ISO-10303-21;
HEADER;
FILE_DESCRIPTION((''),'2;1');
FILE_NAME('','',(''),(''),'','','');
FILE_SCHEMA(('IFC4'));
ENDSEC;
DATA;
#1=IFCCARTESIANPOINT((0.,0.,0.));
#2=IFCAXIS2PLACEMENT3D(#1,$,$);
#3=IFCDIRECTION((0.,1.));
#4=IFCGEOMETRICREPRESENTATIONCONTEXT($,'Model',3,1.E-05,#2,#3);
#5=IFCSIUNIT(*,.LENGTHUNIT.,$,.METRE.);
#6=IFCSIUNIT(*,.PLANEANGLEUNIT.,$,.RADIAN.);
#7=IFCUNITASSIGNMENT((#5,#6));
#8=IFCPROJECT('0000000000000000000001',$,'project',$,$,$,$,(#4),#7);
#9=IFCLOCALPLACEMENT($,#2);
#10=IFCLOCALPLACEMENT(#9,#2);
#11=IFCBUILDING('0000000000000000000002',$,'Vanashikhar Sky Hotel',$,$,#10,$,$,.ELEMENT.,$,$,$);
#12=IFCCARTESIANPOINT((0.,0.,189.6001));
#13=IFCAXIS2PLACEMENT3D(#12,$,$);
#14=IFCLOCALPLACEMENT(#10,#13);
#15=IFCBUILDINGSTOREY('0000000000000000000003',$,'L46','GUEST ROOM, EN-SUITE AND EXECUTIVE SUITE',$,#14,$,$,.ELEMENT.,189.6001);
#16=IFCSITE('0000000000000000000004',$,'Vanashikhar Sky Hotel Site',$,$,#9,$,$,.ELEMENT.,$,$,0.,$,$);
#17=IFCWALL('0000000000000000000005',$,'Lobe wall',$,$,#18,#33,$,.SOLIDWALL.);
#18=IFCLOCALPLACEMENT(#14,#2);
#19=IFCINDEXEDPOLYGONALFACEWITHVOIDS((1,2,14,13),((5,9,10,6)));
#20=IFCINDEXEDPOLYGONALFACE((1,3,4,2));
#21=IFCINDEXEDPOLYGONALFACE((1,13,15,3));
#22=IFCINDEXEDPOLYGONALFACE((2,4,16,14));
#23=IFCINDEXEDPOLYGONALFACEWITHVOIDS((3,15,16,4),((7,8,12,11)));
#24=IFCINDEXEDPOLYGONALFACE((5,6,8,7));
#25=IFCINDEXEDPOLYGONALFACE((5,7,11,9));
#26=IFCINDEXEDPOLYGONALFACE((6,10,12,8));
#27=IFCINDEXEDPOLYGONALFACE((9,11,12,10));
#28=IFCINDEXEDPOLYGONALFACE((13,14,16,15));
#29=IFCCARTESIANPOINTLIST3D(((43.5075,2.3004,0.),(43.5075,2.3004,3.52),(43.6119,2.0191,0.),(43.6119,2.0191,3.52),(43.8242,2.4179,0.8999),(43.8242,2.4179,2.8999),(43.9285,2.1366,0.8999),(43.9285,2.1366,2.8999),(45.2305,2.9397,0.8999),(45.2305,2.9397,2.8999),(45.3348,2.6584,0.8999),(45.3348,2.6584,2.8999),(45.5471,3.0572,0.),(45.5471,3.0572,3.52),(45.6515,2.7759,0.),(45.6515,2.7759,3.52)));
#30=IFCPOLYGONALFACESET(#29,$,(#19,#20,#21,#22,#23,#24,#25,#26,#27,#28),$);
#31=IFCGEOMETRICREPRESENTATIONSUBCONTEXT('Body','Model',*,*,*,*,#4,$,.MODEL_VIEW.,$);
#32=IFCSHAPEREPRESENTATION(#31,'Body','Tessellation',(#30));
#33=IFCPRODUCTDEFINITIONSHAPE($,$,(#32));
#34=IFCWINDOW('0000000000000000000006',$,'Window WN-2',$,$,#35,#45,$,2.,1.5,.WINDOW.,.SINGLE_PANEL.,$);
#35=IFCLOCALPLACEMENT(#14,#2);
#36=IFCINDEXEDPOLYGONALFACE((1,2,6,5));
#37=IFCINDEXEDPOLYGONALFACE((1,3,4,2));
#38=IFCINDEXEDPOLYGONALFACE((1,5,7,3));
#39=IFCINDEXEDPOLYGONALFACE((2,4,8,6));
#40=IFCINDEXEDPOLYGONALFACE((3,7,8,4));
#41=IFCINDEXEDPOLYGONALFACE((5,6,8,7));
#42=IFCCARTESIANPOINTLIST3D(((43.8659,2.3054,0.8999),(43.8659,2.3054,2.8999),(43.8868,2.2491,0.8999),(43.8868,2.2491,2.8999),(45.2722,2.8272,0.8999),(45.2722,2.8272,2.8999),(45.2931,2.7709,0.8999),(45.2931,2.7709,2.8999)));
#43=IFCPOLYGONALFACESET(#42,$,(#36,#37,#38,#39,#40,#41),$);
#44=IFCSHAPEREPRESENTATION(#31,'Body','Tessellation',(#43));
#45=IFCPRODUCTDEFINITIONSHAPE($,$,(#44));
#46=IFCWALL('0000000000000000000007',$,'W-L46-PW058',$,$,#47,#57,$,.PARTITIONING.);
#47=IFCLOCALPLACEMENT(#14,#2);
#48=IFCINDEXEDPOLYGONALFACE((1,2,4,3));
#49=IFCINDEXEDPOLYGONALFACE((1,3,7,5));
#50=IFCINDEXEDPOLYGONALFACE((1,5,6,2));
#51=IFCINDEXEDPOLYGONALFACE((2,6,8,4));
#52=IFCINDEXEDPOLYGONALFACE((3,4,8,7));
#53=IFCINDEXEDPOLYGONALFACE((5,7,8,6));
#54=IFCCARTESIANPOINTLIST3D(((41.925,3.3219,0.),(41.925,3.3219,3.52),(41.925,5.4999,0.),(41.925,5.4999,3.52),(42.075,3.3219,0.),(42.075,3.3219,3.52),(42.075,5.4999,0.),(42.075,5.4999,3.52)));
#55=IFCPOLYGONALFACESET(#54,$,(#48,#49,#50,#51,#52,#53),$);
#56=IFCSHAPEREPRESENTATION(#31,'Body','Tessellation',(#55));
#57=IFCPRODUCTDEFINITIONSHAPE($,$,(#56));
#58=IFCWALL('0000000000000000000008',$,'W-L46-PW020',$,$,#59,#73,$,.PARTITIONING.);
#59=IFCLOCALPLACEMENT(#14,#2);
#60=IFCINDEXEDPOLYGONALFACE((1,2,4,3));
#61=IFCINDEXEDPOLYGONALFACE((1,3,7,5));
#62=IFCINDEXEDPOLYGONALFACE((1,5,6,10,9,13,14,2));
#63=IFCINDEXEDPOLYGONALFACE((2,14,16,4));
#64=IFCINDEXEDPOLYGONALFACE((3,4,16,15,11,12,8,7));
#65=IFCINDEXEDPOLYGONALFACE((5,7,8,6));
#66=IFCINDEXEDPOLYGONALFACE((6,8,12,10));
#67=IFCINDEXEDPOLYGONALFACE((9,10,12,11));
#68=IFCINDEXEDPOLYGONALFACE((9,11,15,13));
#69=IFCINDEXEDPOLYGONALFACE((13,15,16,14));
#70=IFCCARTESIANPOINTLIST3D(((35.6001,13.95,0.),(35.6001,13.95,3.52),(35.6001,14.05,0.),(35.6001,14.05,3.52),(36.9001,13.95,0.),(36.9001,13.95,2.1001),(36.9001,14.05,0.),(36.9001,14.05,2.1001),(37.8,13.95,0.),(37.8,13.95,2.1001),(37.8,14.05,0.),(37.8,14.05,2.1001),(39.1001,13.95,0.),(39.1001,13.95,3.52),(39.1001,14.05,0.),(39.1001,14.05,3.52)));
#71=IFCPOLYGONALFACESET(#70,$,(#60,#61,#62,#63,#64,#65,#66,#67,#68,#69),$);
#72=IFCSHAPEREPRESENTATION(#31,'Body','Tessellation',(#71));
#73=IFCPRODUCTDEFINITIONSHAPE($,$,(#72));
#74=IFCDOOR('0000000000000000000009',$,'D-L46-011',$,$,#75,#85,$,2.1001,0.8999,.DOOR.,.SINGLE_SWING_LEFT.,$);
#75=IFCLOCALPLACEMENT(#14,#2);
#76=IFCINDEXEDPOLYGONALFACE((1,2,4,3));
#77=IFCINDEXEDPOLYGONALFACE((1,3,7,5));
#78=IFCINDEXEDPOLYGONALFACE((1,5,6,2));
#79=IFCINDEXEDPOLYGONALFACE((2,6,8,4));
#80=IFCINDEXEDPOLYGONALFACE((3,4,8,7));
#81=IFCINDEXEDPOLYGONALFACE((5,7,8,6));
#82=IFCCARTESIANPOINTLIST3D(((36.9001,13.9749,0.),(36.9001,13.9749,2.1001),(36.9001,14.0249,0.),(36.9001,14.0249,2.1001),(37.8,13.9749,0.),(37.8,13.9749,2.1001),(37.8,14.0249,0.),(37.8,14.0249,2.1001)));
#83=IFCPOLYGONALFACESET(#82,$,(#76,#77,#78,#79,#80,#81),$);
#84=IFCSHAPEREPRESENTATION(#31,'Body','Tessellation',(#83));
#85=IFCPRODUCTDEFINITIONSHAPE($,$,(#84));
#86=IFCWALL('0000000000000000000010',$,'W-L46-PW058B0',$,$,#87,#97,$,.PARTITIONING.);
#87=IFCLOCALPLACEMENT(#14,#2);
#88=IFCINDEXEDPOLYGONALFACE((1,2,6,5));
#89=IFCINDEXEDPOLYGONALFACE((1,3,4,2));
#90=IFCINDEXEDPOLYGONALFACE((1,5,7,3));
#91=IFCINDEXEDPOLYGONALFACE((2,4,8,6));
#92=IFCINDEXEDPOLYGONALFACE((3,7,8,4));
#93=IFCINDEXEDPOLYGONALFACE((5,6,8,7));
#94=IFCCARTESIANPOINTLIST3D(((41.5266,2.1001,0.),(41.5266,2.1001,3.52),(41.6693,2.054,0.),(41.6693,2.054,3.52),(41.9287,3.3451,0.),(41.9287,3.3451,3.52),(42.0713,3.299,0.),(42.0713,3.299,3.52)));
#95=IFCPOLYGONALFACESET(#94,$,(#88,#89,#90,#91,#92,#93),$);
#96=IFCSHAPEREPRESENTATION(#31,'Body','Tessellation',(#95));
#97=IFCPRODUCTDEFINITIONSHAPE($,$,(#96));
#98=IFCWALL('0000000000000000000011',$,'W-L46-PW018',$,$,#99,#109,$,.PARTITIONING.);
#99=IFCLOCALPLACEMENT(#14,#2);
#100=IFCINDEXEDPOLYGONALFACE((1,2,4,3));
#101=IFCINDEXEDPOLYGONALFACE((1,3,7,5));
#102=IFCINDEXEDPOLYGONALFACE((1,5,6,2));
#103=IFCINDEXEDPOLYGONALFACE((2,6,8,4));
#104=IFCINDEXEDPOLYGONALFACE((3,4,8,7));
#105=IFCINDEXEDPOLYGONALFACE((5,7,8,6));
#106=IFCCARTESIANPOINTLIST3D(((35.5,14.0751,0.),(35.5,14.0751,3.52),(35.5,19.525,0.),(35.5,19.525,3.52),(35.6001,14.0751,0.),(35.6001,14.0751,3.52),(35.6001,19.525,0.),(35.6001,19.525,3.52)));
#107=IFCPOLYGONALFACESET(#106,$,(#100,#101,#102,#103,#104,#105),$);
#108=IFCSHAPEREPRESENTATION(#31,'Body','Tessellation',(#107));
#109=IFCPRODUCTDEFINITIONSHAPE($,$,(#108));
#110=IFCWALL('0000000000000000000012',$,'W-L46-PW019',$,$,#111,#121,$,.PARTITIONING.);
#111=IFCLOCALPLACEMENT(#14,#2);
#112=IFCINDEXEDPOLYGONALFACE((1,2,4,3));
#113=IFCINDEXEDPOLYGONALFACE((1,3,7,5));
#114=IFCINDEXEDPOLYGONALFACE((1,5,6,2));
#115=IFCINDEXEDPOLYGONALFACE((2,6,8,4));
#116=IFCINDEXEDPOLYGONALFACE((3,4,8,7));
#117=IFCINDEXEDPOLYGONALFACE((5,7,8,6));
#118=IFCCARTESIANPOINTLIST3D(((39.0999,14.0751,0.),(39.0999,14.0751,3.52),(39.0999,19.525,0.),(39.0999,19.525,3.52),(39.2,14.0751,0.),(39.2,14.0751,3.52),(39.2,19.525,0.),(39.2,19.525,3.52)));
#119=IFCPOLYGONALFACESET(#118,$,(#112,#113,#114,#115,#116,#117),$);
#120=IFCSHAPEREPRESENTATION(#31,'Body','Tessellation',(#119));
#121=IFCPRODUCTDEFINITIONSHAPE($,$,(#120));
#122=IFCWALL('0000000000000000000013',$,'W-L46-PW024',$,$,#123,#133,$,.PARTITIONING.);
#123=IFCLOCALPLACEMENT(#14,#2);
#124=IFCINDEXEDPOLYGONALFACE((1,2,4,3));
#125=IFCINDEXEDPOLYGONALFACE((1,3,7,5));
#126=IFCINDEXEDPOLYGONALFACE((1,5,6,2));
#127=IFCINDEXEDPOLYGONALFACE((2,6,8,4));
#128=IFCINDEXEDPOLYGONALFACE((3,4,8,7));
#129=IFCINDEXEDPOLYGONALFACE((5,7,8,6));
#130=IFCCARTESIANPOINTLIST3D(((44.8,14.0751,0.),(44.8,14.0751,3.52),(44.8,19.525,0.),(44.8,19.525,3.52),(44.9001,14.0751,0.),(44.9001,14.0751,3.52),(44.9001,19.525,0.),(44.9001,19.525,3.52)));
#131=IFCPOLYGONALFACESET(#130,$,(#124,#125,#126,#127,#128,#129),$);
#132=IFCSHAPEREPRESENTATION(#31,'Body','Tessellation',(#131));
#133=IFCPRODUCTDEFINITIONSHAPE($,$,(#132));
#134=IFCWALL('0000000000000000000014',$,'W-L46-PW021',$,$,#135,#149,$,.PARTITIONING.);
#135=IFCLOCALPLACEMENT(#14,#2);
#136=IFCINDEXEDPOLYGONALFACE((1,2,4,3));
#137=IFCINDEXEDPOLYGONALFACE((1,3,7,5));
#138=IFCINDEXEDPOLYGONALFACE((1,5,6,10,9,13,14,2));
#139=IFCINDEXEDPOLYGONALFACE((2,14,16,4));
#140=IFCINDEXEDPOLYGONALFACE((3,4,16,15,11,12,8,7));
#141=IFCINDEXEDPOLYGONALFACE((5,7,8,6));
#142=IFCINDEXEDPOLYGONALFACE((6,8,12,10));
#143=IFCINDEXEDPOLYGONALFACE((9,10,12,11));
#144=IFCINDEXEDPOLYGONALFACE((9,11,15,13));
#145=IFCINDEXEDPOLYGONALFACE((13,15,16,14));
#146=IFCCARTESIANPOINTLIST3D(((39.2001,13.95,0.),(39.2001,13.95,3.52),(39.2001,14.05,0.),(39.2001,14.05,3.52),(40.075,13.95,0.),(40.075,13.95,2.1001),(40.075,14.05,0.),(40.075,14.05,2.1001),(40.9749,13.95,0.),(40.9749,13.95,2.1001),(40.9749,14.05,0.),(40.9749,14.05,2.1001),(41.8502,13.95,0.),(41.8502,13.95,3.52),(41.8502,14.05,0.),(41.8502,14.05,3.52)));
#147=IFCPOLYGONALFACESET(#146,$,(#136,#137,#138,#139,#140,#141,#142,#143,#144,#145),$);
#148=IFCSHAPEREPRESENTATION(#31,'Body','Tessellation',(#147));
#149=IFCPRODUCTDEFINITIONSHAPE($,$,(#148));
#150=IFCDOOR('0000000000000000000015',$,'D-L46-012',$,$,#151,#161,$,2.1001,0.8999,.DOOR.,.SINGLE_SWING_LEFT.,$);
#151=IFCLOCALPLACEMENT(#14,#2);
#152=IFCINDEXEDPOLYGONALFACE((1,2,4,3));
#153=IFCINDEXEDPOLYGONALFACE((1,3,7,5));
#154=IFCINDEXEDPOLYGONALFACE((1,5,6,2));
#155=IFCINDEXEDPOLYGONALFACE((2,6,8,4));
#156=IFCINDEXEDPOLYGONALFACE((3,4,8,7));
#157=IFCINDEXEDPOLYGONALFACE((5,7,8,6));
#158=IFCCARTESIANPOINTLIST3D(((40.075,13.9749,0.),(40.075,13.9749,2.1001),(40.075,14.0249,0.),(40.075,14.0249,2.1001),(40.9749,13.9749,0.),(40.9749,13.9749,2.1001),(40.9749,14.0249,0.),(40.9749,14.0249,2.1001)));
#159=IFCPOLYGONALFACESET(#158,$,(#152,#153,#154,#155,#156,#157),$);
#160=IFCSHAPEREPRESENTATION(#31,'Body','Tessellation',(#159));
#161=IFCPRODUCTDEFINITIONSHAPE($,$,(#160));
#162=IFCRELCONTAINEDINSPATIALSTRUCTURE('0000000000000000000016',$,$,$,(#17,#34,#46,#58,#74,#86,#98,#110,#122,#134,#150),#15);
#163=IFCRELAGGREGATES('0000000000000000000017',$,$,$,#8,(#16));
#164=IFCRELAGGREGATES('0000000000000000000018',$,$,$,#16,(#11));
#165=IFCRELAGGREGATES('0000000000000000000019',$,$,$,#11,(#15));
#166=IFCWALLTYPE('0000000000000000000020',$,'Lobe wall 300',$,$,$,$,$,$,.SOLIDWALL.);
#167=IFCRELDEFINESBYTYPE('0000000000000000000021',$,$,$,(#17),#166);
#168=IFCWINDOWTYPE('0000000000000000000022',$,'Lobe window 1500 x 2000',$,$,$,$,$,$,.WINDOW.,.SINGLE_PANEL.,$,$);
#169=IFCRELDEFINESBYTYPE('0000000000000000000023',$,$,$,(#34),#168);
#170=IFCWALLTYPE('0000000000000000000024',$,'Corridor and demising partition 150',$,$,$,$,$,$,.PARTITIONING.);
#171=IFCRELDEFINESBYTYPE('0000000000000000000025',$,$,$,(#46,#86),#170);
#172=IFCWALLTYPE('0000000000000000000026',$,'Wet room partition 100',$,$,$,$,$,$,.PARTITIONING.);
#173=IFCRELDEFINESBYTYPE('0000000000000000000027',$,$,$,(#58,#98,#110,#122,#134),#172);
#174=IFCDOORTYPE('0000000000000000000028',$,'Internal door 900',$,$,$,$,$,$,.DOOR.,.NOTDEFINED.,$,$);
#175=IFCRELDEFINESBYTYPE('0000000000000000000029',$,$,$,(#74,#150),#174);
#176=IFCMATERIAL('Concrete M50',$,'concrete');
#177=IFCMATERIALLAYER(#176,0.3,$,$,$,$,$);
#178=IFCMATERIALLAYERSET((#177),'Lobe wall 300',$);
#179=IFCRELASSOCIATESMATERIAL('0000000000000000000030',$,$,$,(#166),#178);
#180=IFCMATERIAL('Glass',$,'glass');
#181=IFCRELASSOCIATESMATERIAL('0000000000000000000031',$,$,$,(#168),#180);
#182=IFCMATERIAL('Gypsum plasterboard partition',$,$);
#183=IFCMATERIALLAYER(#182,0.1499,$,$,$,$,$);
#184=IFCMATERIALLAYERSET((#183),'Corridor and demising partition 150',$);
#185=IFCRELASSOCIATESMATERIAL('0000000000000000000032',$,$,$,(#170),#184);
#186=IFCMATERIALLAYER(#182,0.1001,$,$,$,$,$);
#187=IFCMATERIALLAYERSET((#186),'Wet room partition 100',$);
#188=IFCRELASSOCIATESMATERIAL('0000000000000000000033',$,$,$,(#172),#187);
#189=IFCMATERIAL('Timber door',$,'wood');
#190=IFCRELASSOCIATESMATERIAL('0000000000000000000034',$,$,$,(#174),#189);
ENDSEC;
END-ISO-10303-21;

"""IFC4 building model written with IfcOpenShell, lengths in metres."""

from ifc_helpers import new_model, si_unit, direction, frame, frame_2d, origin, place, context, subcontext, project, spatial, rectangle, extrude, source, transform, mapped, material, layer, layer_set, type_object, element, fill, save


model = new_model("IFC4")

# Units and contexts
model_context = context("Model", 3, precision=1e-05, world=origin(), true_north=direction((0.0, 1.0)))
body_context = subcontext(model_context, "Body", "Model", "MODEL_VIEW")
ifc_project = project(units=[si_unit("LENGTHUNIT", "METRE"), si_unit("PLANEANGLEUNIT", "RADIAN")], contexts=[model_context])

# Site, building, storey
site_placement = place(None, origin())
site = spatial("IfcSite", under=ifc_project, at=site_placement, Name="Vanashikhar Sky Hotel Site", CompositionType="ELEMENT", RefElevation=0.0)
building_placement = place(site_placement, origin())
building = spatial("IfcBuilding", under=site, at=building_placement, Name="Vanashikhar Sky Hotel", CompositionType="ELEMENT")
storey_placement = place(building_placement, frame((0.0, 0.0, 189.6001)))
storey = spatial("IfcBuildingStorey", under=building, at=storey_placement, Name="L46", Description="GUEST ROOM, EN-SUITE AND EXECUTIVE SUITE", CompositionType="ELEMENT", Elevation=189.6001)

# Shared definitions
ifc_material_1 = material(Name="Concrete M50", Category="concrete")

# Wall, opening, window
ifc_layer_1 = layer(ifc_material_1, 0.3)
ifc_layer_set_1 = layer_set([ifc_layer_1], Name="Lobe wall 300")
wall_type_1 = type_object("IfcWallType", Name="Lobe wall 300", PredefinedType="SOLIDWALL", material=ifc_layer_set_1)
shared_shape_1 = source(origin(), body_context, "Body", "SweptSolid", [
    extrude(rectangle(XDim=1.5, YDim=2.0, at=frame_2d((0.75, 1.0))), frame((0.0, 0.1602, 0.0), z_axis=(0.0, -1.0, 0.0), x_axis=(1.0, 0.0, 0.0)), (0.0, 0.0, 1.0), 0.3201),
])
ifc_material_2 = material(Name="Glass", Category="glass")
window_type = type_object("IfcWindowType", Name="Lobe window 1500 x 2000", PartitioningType="SINGLE_PANEL", PredefinedType="WINDOW", material=ifc_material_2)
shared_shape_2 = source(origin(), body_context, "Body", "SweptSolid", [
    extrude(rectangle(XDim=1.5, YDim=2.0, at=frame_2d((0.75, 1.0))), frame((0.0, 0.03, 0.0), z_axis=(0.0, -1.0, 0.0), x_axis=(1.0, 0.0, 0.0)), (0.0, 0.0, 1.0), 0.0601),
])
shared_shape_3 = source(origin(), body_context, "Body", "SweptSolid", [
    extrude(rectangle(XDim=2.1755, YDim=0.3, at=frame_2d((1.0879, 0.0))), origin(), (0.0, 0.0, 1.0), 3.52),
])
wall_1_placement = place(storey_placement, frame((43.5596, 2.1597, 0.0), z_axis=(0.0, 0.0, 1.0), x_axis=(0.937532, 0.347899, 0.0)))
wall_1 = element("IfcWall", 1, at=wall_1_placement, inside=storey, type_object=wall_type_1, Name="Lobe wall", PredefinedType="SOLIDWALL", context=body_context, shape_type="MappedRepresentation", body=[
    mapped(shared_shape_3, transform((0.0, 0.0, 0.0), scale=1.0)),
])
opening_1_placement = place(wall_1_placement, frame((0.3379, 0.0, 0.8999)))
opening_1 = element("IfcOpeningElement", 2, at=opening_1_placement, cuts=wall_1, PredefinedType="OPENING", context=body_context, shape_type="MappedRepresentation", body=[
    mapped(shared_shape_1, transform((0.0, 0.0, 0.0), scale=1.0)),
])
window_1_placement = place(opening_1_placement, origin())
window_1 = element("IfcWindow", 3, at=window_1_placement, inside=storey, type_object=window_type, Name="Window WN-2", OverallHeight=2.0, OverallWidth=1.5, PartitioningType="SINGLE_PANEL", PredefinedType="WINDOW", context=body_context, shape_type="MappedRepresentation", body=[
    mapped(shared_shape_2, transform((0.0, 0.0, 0.0), scale=1.0)),
])
fill(opening_1, window_1)

# Wall
ifc_material_3 = material(Name="Gypsum plasterboard partition")
ifc_layer_2 = layer(ifc_material_3, 0.1499)
ifc_layer_set_2 = layer_set([ifc_layer_2], Name="Corridor and demising partition 150")
wall_type_2 = type_object("IfcWallType", Name="Corridor and demising partition 150", PredefinedType="PARTITIONING", material=ifc_layer_set_2)
shared_shape_4 = source(origin(), body_context, "Body", "SweptSolid", [
    extrude(rectangle(XDim=2.178, YDim=0.1499, at=frame_2d((1.0889, 0.0))), origin(), (0.0, 0.0, 1.0), 3.52),
])
wall_2_placement = place(storey_placement, frame((42.0, 3.322, 0.0), z_axis=(0.0, 0.0, 1.0), x_axis=(0.0, 1.0, 0.0)))
element("IfcWall", 4, at=wall_2_placement, inside=storey, type_object=wall_type_2, Name="W-L46-PW058", PredefinedType="PARTITIONING", context=body_context, shape_type="MappedRepresentation", body=[
    mapped(shared_shape_4, transform((0.0, 0.0, 0.0), scale=1.0)),
])

# Wall, opening, door
ifc_layer_3 = layer(ifc_material_3, 0.1001)
ifc_layer_set_3 = layer_set([ifc_layer_3], Name="Wet room partition 100")
wall_type_3 = type_object("IfcWallType", Name="Wet room partition 100", PredefinedType="PARTITIONING", material=ifc_layer_set_3)
shared_shape_5 = source(origin(), body_context, "Body", "SweptSolid", [
    extrude(rectangle(XDim=3.5, YDim=0.1001, at=frame_2d((1.75, 0.0))), origin(), (0.0, 0.0, 1.0), 3.52),
])
wall_3_placement = place(storey_placement, frame((35.6001, 14.0, 0.0), z_axis=(0.0, 0.0, 1.0), x_axis=(1.0, 0.0, 0.0)))
wall_3 = element("IfcWall", 5, at=wall_3_placement, inside=storey, type_object=wall_type_3, Name="W-L46-PW020", PredefinedType="PARTITIONING", context=body_context, shape_type="MappedRepresentation", body=[
    mapped(shared_shape_5, transform((0.0, 0.0, 0.0), scale=1.0)),
])
shared_shape_6 = source(origin(), body_context, "Body", "SweptSolid", [
    extrude(rectangle(XDim=0.8999, YDim=2.1001, at=frame_2d((0.45, 1.05))), frame((0.0, 0.0601, 0.0), z_axis=(0.0, -1.0, 0.0), x_axis=(1.0, 0.0, 0.0)), (0.0, 0.0, 1.0), 0.1201),
])
opening_2_placement = place(wall_3_placement, frame((1.3, 0.0, 0.0)))
opening_2 = element("IfcOpeningElement", 6, at=opening_2_placement, cuts=wall_3, PredefinedType="OPENING", context=body_context, shape_type="MappedRepresentation", body=[
    mapped(shared_shape_6, transform((0.0, 0.0, 0.0), scale=1.0)),
])
ifc_material_4 = material(Name="Timber door", Category="wood")
door_type_1 = type_object("IfcDoorType", Name="Internal door 900", OperationType="NOTDEFINED", PredefinedType="DOOR", material=ifc_material_4)
shared_shape_7 = source(origin(), body_context, "Body", "SweptSolid", [
    extrude(rectangle(XDim=0.8999, YDim=2.1001, at=frame_2d((0.45, 1.05))), frame((0.0, 0.0249, 0.0), z_axis=(0.0, -1.0, 0.0), x_axis=(1.0, 0.0, 0.0)), (0.0, 0.0, 1.0), 0.05),
])
door_1_placement = place(opening_2_placement, origin())
door_1 = element("IfcDoor", 7, at=door_1_placement, inside=storey, type_object=door_type_1, Name="D-L46-011", OperationType="SINGLE_SWING_LEFT", OverallHeight=2.1001, OverallWidth=0.8999, PredefinedType="DOOR", context=body_context, shape_type="MappedRepresentation", body=[
    mapped(shared_shape_7, transform((0.0, 0.0, 0.0), scale=1.0)),
])
fill(opening_2, door_1)

# Walls
shared_shape_8 = source(origin(), body_context, "Body", "SweptSolid", [
    extrude(rectangle(XDim=1.3083, YDim=0.1499, at=frame_2d((0.6543, 0.0))), origin(), (0.0, 0.0, 1.0), 3.52),
])
wall_4_placement = place(storey_placement, frame((41.5979, 2.0769, 0.0), z_axis=(0.0, 0.0, 1.0), x_axis=(0.307314, 0.951608, 0.0)))
element("IfcWall", 8, at=wall_4_placement, inside=storey, type_object=wall_type_2, Name="W-L46-PW058B0", PredefinedType="PARTITIONING", context=body_context, shape_type="MappedRepresentation", body=[
    mapped(shared_shape_8, transform((0.0, 0.0, 0.0), scale=1.0)),
])
shared_shape_9 = source(origin(), body_context, "Body", "SweptSolid", [
    extrude(rectangle(XDim=5.45, YDim=0.1001, at=frame_2d((2.7251, 0.0))), origin(), (0.0, 0.0, 1.0), 3.52),
])
for number, where, z_axis, x_axis, name in (
    (9, (35.55, 14.075, 0.0), (0.0, 0.0, 1.0), (0.0, 1.0, 0.0), "W-L46-PW018"),
    (10, (39.1499, 14.075, 0.0), (0.0, 0.0, 1.0), (0.0, 1.0, 0.0), "W-L46-PW019"),
    (11, (44.8501, 14.075, 0.0), (0.0, 0.0, 1.0), (0.0, 1.0, 0.0), "W-L46-PW024"),
):
    element("IfcWall", number, at=place(storey_placement, frame(where, z_axis=z_axis, x_axis=x_axis)), inside=storey, type_object=wall_type_3, Name=name, PredefinedType="PARTITIONING", context=body_context, shape_type="MappedRepresentation", body=[
        mapped(shared_shape_9, transform((0.0, 0.0, 0.0), scale=1.0)),
    ])

# Wall, opening, door
shared_shape_10 = source(origin(), body_context, "Body", "SweptSolid", [
    extrude(rectangle(XDim=2.6501, YDim=0.1001, at=frame_2d((1.3252, 0.0))), origin(), (0.0, 0.0, 1.0), 3.52),
])
wall_5_placement = place(storey_placement, frame((39.2, 14.0, 0.0), z_axis=(0.0, 0.0, 1.0), x_axis=(1.0, 0.0, 0.0)))
wall_5 = element("IfcWall", 12, at=wall_5_placement, inside=storey, type_object=wall_type_3, Name="W-L46-PW021", PredefinedType="PARTITIONING", context=body_context, shape_type="MappedRepresentation", body=[
    mapped(shared_shape_10, transform((0.0, 0.0, 0.0), scale=1.0)),
])
opening_3_placement = place(wall_5_placement, frame((0.875, 0.0, 0.0)))
opening_3 = element("IfcOpeningElement", 13, at=opening_3_placement, cuts=wall_5, PredefinedType="OPENING", context=body_context, shape_type="MappedRepresentation", body=[
    mapped(shared_shape_6, transform((0.0, 0.0, 0.0), scale=1.0)),
])
door_2_placement = place(opening_3_placement, origin())
door_2 = element("IfcDoor", 14, at=door_2_placement, inside=storey, type_object=door_type_1, Name="D-L46-012", OperationType="SINGLE_SWING_LEFT", OverallHeight=2.1001, OverallWidth=0.8999, PredefinedType="DOOR", context=body_context, shape_type="MappedRepresentation", body=[
    mapped(shared_shape_7, transform((0.0, 0.0, 0.0), scale=1.0)),
])
fill(opening_3, door_2)

save(model, "model.ifc")
